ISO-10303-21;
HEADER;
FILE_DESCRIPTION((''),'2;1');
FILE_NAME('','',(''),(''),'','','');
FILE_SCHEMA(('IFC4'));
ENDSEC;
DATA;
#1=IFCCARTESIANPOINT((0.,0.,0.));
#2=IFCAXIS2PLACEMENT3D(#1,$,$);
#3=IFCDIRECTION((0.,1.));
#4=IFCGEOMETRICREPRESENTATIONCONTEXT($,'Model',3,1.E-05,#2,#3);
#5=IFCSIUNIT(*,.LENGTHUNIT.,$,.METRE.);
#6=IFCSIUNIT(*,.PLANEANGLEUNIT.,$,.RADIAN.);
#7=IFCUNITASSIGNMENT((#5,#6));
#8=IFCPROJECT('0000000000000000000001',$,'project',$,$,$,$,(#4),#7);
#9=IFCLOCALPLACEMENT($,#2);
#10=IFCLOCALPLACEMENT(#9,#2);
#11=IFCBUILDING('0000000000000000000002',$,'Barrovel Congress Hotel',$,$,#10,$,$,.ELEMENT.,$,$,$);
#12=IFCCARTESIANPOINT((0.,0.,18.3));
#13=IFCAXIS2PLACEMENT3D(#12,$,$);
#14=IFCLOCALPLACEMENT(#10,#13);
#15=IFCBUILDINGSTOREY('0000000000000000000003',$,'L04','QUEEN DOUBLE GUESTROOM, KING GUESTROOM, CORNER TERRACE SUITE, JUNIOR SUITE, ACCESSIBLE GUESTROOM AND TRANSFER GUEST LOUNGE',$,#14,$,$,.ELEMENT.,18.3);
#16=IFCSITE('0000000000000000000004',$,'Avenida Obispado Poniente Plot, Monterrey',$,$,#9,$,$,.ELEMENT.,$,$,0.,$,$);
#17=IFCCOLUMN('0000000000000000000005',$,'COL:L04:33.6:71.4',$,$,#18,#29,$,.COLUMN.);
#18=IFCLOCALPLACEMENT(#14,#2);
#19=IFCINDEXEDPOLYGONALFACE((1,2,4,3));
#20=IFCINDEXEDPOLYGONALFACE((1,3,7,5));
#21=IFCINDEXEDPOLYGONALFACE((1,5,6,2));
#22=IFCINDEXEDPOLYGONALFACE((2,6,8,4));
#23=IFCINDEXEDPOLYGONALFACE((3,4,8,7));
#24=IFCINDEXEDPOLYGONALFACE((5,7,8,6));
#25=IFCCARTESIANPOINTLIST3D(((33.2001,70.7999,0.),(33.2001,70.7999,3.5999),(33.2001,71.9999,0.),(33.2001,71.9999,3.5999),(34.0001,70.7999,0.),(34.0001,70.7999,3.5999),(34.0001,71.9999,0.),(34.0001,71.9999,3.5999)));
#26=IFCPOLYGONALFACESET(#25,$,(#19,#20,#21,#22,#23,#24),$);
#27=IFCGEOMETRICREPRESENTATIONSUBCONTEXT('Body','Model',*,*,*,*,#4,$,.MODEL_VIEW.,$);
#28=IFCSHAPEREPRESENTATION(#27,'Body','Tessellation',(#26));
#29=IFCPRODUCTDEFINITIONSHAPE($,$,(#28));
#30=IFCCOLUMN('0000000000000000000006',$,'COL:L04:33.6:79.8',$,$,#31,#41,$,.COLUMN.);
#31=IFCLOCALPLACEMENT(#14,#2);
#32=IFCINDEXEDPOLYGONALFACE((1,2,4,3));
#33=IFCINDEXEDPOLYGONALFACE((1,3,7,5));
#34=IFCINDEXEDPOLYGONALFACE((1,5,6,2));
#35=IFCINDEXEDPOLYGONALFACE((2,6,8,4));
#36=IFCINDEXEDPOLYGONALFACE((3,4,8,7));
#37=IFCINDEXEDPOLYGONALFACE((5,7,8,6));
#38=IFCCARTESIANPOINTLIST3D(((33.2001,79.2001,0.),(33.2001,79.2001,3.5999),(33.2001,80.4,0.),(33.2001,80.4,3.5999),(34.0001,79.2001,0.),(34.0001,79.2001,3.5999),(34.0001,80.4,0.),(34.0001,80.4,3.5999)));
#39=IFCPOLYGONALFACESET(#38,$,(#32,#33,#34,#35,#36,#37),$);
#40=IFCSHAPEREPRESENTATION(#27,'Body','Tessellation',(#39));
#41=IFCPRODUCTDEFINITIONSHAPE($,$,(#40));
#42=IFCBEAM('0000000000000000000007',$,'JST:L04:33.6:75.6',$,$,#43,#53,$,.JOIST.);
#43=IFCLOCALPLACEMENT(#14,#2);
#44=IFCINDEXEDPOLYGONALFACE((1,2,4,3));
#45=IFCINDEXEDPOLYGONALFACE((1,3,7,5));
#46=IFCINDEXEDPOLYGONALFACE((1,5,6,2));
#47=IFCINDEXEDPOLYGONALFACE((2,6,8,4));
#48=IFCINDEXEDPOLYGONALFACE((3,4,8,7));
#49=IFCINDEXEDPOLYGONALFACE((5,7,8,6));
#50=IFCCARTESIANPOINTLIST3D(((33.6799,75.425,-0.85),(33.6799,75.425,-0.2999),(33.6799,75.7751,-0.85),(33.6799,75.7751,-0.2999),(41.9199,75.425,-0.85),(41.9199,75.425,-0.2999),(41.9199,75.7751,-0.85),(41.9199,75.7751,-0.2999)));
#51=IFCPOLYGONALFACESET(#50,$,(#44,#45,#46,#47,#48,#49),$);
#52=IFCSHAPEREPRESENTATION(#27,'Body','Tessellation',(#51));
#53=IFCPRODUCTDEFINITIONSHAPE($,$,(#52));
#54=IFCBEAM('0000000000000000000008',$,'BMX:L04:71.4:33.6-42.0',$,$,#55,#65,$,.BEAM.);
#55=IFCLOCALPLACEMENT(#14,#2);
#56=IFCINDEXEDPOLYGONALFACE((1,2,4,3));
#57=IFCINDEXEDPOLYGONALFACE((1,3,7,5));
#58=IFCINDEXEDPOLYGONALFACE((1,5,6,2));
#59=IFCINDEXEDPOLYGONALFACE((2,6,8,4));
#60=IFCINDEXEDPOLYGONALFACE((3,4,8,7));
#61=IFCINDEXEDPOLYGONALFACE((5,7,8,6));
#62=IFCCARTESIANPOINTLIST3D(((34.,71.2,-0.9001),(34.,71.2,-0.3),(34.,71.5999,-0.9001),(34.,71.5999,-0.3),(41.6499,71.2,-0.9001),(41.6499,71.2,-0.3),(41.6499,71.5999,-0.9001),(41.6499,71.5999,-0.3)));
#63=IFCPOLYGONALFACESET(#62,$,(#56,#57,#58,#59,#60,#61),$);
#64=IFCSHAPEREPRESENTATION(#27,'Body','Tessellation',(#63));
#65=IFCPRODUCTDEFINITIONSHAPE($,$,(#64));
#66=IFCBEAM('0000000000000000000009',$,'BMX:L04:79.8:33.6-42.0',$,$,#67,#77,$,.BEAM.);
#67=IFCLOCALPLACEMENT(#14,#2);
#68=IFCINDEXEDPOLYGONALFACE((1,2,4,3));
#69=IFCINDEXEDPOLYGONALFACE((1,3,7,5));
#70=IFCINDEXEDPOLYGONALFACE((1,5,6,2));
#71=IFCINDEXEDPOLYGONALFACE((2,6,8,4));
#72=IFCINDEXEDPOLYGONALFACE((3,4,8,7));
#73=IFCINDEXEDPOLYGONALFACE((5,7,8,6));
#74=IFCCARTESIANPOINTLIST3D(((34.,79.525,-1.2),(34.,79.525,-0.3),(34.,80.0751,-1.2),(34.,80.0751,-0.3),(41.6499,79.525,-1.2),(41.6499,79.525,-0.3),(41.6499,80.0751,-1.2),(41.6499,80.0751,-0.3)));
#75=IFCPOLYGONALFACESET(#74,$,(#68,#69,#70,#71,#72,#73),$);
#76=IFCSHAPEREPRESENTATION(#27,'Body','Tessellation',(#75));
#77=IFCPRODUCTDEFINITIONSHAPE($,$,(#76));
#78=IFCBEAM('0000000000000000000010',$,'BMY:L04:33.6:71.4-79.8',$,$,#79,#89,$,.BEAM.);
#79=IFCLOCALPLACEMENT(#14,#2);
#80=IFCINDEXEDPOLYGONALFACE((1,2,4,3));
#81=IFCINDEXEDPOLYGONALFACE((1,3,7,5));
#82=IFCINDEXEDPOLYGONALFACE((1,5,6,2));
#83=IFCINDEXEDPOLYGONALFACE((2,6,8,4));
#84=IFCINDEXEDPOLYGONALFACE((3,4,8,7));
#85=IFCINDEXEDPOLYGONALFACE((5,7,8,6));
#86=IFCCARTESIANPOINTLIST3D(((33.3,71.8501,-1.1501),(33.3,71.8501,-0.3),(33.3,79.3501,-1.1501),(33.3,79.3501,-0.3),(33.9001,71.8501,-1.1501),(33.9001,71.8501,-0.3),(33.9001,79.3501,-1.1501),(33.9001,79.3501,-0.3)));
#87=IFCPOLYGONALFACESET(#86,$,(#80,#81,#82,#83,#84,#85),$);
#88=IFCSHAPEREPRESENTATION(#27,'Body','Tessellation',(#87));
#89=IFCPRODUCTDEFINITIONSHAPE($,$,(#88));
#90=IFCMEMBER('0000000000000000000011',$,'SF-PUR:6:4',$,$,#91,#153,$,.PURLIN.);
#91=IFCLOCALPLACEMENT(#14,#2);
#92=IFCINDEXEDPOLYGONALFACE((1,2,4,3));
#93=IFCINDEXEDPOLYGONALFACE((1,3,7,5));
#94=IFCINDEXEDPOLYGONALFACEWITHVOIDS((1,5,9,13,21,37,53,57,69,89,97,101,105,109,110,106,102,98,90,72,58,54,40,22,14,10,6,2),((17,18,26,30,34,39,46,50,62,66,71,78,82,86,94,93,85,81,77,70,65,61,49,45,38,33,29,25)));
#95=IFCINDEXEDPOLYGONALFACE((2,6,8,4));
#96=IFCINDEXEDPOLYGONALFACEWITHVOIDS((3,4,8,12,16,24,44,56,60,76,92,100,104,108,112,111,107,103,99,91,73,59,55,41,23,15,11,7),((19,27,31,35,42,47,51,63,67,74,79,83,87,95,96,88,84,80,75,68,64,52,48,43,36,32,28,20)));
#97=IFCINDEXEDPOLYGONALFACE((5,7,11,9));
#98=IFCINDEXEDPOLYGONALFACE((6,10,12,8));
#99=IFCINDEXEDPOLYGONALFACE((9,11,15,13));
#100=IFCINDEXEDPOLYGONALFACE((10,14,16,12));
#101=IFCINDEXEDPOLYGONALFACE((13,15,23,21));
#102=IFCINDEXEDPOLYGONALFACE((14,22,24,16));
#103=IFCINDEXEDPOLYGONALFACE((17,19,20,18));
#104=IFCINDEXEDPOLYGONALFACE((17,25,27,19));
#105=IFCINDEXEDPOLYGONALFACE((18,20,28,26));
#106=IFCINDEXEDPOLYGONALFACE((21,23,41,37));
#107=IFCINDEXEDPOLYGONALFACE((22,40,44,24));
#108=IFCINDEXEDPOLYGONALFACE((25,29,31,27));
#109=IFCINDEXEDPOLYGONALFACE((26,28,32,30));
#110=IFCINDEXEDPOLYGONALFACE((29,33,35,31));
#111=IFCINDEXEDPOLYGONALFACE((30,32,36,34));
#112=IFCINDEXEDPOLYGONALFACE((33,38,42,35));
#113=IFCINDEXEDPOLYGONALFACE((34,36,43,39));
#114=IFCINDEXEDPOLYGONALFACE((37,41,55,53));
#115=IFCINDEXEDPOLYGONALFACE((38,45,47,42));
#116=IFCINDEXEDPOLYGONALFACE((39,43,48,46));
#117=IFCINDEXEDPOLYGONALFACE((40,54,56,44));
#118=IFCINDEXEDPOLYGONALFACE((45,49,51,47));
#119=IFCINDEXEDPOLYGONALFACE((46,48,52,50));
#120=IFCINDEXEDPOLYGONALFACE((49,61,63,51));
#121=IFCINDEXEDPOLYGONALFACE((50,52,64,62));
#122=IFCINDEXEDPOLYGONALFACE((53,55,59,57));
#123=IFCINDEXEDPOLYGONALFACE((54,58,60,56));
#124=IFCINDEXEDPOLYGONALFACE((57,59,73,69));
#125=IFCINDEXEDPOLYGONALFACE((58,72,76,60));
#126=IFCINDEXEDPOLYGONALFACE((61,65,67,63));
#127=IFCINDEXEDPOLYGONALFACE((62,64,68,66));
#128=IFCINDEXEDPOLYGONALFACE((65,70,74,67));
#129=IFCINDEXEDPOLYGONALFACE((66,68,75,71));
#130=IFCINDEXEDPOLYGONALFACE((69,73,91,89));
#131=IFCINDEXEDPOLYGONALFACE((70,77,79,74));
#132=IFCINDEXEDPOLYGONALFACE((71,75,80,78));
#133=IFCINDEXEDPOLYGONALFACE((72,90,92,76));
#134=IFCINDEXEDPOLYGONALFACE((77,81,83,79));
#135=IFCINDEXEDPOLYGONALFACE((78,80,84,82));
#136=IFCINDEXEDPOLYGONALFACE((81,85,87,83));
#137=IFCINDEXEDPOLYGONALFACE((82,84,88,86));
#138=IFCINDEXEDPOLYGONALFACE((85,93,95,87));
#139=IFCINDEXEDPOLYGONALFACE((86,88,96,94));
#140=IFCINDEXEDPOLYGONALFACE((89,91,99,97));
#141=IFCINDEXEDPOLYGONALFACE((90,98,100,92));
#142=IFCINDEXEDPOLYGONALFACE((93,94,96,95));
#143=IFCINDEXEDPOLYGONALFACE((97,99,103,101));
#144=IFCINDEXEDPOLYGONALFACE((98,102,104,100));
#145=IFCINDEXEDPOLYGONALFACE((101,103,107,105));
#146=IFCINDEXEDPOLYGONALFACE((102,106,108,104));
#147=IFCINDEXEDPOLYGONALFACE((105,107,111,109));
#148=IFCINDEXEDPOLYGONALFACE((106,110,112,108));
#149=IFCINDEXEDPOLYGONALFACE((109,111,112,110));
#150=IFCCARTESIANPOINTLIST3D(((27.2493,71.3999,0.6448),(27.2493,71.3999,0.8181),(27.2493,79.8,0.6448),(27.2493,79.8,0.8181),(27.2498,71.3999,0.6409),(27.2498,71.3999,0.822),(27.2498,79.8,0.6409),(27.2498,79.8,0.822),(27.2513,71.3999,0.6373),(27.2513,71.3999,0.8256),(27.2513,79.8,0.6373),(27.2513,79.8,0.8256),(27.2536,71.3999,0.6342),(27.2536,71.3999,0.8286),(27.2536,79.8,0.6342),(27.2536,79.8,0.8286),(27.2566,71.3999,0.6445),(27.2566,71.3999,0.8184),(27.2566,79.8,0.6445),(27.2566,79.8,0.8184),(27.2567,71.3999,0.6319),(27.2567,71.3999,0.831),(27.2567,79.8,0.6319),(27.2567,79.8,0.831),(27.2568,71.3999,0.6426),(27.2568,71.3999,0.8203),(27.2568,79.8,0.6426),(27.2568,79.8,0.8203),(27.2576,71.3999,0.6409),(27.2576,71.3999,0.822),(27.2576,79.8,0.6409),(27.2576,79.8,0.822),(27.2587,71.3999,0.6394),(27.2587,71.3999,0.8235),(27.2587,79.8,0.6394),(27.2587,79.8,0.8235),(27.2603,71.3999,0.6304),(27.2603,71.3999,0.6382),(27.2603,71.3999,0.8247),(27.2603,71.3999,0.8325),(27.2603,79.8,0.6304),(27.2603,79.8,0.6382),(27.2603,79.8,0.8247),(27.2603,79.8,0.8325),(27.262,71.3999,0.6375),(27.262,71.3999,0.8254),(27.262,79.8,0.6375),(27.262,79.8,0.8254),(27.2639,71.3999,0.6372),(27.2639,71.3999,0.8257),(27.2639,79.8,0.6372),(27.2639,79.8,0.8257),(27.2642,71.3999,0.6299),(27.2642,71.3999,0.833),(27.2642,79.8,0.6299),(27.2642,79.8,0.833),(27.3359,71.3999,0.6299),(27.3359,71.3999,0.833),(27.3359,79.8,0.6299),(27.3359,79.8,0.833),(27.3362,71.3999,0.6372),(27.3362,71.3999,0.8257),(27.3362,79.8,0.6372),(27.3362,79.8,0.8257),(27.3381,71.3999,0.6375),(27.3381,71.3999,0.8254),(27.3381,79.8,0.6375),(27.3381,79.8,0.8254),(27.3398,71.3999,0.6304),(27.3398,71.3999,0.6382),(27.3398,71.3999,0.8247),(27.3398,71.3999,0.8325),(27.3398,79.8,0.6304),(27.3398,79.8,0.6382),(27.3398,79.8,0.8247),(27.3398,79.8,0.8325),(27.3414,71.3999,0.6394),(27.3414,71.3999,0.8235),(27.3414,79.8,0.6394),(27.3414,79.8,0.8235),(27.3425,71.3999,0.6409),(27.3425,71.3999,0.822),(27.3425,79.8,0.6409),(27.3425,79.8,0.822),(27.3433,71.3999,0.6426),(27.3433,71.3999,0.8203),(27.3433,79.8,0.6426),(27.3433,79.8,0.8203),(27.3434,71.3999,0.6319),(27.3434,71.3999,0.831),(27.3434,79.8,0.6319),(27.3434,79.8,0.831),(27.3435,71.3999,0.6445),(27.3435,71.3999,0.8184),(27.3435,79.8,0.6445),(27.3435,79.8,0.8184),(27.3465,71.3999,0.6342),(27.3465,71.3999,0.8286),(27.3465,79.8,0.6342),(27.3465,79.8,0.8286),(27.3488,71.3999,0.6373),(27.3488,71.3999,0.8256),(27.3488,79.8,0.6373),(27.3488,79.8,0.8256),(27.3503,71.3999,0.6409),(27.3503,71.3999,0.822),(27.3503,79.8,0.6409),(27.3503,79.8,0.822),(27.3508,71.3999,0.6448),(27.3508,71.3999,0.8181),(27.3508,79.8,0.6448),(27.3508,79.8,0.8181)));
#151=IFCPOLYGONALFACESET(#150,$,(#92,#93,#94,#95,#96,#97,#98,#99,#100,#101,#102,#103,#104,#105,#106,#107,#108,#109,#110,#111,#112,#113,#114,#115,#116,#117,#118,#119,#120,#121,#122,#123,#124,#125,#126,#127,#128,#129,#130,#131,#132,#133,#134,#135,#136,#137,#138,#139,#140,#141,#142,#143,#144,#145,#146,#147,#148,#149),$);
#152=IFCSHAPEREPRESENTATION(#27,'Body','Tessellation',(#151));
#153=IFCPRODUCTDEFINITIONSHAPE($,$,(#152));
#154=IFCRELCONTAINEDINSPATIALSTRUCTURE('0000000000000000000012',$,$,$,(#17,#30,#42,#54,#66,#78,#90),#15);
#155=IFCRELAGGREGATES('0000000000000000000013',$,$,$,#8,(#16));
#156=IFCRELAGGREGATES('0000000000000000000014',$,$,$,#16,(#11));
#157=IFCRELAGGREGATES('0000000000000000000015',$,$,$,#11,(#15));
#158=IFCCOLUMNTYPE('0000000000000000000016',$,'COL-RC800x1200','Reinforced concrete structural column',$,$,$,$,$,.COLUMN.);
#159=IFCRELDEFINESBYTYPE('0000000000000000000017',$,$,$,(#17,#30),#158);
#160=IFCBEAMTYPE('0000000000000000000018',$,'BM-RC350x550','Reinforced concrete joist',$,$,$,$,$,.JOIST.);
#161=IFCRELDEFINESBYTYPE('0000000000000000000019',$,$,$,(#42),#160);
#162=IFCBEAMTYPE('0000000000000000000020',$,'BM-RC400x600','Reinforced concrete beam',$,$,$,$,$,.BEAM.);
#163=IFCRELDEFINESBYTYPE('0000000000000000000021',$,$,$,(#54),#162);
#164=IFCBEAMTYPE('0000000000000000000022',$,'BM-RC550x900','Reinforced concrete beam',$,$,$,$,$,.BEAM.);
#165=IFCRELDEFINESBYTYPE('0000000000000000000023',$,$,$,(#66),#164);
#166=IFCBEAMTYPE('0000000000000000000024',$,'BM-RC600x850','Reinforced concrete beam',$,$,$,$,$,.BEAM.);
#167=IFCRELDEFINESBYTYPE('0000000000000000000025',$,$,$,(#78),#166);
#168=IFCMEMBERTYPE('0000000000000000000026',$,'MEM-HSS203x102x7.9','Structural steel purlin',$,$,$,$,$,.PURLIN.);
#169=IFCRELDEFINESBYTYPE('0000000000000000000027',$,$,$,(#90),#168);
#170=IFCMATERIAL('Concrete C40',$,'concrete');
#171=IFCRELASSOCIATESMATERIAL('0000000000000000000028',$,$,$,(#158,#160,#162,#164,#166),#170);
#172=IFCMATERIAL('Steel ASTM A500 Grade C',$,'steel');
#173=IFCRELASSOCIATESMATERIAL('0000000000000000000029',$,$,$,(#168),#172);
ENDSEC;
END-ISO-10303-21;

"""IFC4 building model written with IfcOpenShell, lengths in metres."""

from ifc_helpers import new_model, si_unit, direction, frame, origin, origin_2d, place, context, subcontext, project, spatial, rectangle, hollow_rectangle, extrude, material, material_profile, profile_set, type_object, element, save


model = new_model("IFC4")

# Units and contexts
model_context = context("Model", 3, precision=1e-05, world=origin(), true_north=direction((0.0, 1.0)))
body_context = subcontext(model_context, "Body", "Model", "MODEL_VIEW")
ifc_project = project(units=[si_unit("LENGTHUNIT", "METRE"), si_unit("PLANEANGLEUNIT", "RADIAN")], contexts=[model_context])

# Site, building, storey
site_placement = place(None, origin())
site = spatial("IfcSite", under=ifc_project, at=site_placement, Name="Avenida Obispado Poniente Plot, Monterrey", CompositionType="ELEMENT", RefElevation=0.0)
building_placement = place(site_placement, origin())
building = spatial("IfcBuilding", under=site, at=building_placement, Name="Barrovel Congress Hotel", CompositionType="ELEMENT")
storey_placement = place(building_placement, frame((0.0, 0.0, 18.3)))
storey = spatial("IfcBuildingStorey", under=building, at=storey_placement, Name="L04", Description="QUEEN DOUBLE GUESTROOM, KING GUESTROOM, CORNER TERRACE SUITE, JUNIOR SUITE, ACCESSIBLE GUESTROOM AND TRANSFER GUEST LOUNGE", CompositionType="ELEMENT", Elevation=18.3)

# Columns
ifc_material_1 = material(Name="Concrete C40", Category="concrete")
ifc_material_profile_1 = material_profile(ifc_material_1, rectangle(XDim=0.8, YDim=1.2, at=origin_2d()), Name="RC800x1200")
ifc_profile_set_1 = profile_set([ifc_material_profile_1], Name="Concrete C40")
column_type = type_object("IfcColumnType", Name="COL-RC800x1200", Description="Reinforced concrete structural column", PredefinedType="COLUMN", material=ifc_profile_set_1)
for number, where, z_axis, x_axis, name in (
    (1, (33.6001, 71.3999, 0.0), (0.0, 0.0, 1.0), (1.0, 0.0, 0.0), "COL:L04:33.6:71.4"),
    (2, (33.6001, 79.8, 0.0), (0.0, 0.0, 1.0), (1.0, 0.0, 0.0), "COL:L04:33.6:79.8"),
):
    element("IfcColumn", number, at=place(storey_placement, frame(where, z_axis=z_axis, x_axis=x_axis)), inside=storey, type_object=column_type, Name=name, PredefinedType="COLUMN", context=body_context, shape_type="SweptSolid", body=[
        extrude(rectangle(XDim=0.8, YDim=1.2, at=origin_2d()), origin(), (0.0, 0.0, 1.0), 3.5999),
    ])

# Beams
ifc_material_profile_2 = material_profile(ifc_material_1, rectangle(XDim=0.3501, YDim=0.55, at=origin_2d()), Name="RC350x550")
ifc_profile_set_2 = profile_set([ifc_material_profile_2], Name="Concrete C40")
beam_type_1 = type_object("IfcBeamType", Name="BM-RC350x550", Description="Reinforced concrete joist", PredefinedType="JOIST", material=ifc_profile_set_2)
beam_1_placement = place(storey_placement, frame((33.6799, 75.6001, -0.575), z_axis=(1.0, 0.0, 0.0), x_axis=(0.0, 1.0, 0.0)))
element("IfcBeam", 3, at=beam_1_placement, inside=storey, type_object=beam_type_1, Name="JST:L04:33.6:75.6", PredefinedType="JOIST", context=body_context, shape_type="SweptSolid", body=[
    extrude(rectangle(XDim=0.3501, YDim=0.55, at=origin_2d()), origin(), (0.0, 0.0, 1.0), 8.24),
])
ifc_material_profile_3 = material_profile(ifc_material_1, rectangle(XDim=0.3999, YDim=0.6001, at=origin_2d()), Name="RC400x600")
ifc_profile_set_3 = profile_set([ifc_material_profile_3], Name="Concrete C40")
beam_type_2 = type_object("IfcBeamType", Name="BM-RC400x600", Description="Reinforced concrete beam", PredefinedType="BEAM", material=ifc_profile_set_3)
beam_2_placement = place(storey_placement, frame((34.0, 71.3999, -0.6001), z_axis=(1.0, 0.0, 0.0), x_axis=(0.0, 1.0, 0.0)))
element("IfcBeam", 4, at=beam_2_placement, inside=storey, type_object=beam_type_2, Name="BMX:L04:71.4:33.6-42.0", PredefinedType="BEAM", context=body_context, shape_type="SweptSolid", body=[
    extrude(rectangle(XDim=0.3999, YDim=0.6001, at=origin_2d()), origin(), (0.0, 0.0, 1.0), 7.6499),
])
ifc_material_profile_4 = material_profile(ifc_material_1, rectangle(XDim=0.55, YDim=0.8999, at=origin_2d()), Name="RC550x900")
ifc_profile_set_4 = profile_set([ifc_material_profile_4], Name="Concrete C40")
beam_type_3 = type_object("IfcBeamType", Name="BM-RC550x900", Description="Reinforced concrete beam", PredefinedType="BEAM", material=ifc_profile_set_4)
beam_3_placement = place(storey_placement, frame((34.0, 79.8, -0.75), z_axis=(1.0, 0.0, 0.0), x_axis=(0.0, 1.0, 0.0)))
element("IfcBeam", 5, at=beam_3_placement, inside=storey, type_object=beam_type_3, Name="BMX:L04:79.8:33.6-42.0", PredefinedType="BEAM", context=body_context, shape_type="SweptSolid", body=[
    extrude(rectangle(XDim=0.55, YDim=0.8999, at=origin_2d()), origin(), (0.0, 0.0, 1.0), 7.6499),
])
ifc_material_profile_5 = material_profile(ifc_material_1, rectangle(XDim=0.6001, YDim=0.8501, at=origin_2d()), Name="RC600x850")
ifc_profile_set_5 = profile_set([ifc_material_profile_5], Name="Concrete C40")
beam_type_4 = type_object("IfcBeamType", Name="BM-RC600x850", Description="Reinforced concrete beam", PredefinedType="BEAM", material=ifc_profile_set_5)
beam_4_placement = place(storey_placement, frame((33.6001, 71.8501, -0.7251), z_axis=(0.0, 1.0, 0.0), x_axis=(-1.0, 0.0, 0.0)))
element("IfcBeam", 6, at=beam_4_placement, inside=storey, type_object=beam_type_4, Name="BMY:L04:33.6:71.4-79.8", PredefinedType="BEAM", context=body_context, shape_type="SweptSolid", body=[
    extrude(rectangle(XDim=0.6001, YDim=0.8501, at=origin_2d()), origin(), (0.0, 0.0, 1.0), 7.5),
])

# Member
ifc_material_2 = material(Name="Steel ASTM A500 Grade C", Category="steel")
ifc_material_profile_6 = material_profile(ifc_material_2, hollow_rectangle(XDim=0.1016, YDim=0.2031, WallThickness=0.0073, InnerFilletRadius=0.0073, OuterFilletRadius=0.0149, at=origin_2d()), Name="HSS203x102x7.9")
ifc_profile_set_6 = profile_set([ifc_material_profile_6], Name="Steel ASTM A500 Grade C")
member_type = type_object("IfcMemberType", Name="MEM-HSS203x102x7.9", Description="Structural steel purlin", PredefinedType="PURLIN", material=ifc_profile_set_6)
member_1_placement = place(storey_placement, frame((27.3, 71.3999, 0.7314), z_axis=(0.0, 1.0, 0.0), x_axis=(-1.0, 0.0, 0.0)))
element("IfcMember", 7, at=member_1_placement, inside=storey, type_object=member_type, Name="SF-PUR:6:4", PredefinedType="PURLIN", context=body_context, shape_type="SweptSolid", body=[
    extrude(hollow_rectangle(XDim=0.1016, YDim=0.2031, WallThickness=0.0073, InnerFilletRadius=0.0073, OuterFilletRadius=0.0149, at=origin_2d()), origin(), (0.0, 0.0, 1.0), 8.4001),
])

save(model, "model.ifc")
